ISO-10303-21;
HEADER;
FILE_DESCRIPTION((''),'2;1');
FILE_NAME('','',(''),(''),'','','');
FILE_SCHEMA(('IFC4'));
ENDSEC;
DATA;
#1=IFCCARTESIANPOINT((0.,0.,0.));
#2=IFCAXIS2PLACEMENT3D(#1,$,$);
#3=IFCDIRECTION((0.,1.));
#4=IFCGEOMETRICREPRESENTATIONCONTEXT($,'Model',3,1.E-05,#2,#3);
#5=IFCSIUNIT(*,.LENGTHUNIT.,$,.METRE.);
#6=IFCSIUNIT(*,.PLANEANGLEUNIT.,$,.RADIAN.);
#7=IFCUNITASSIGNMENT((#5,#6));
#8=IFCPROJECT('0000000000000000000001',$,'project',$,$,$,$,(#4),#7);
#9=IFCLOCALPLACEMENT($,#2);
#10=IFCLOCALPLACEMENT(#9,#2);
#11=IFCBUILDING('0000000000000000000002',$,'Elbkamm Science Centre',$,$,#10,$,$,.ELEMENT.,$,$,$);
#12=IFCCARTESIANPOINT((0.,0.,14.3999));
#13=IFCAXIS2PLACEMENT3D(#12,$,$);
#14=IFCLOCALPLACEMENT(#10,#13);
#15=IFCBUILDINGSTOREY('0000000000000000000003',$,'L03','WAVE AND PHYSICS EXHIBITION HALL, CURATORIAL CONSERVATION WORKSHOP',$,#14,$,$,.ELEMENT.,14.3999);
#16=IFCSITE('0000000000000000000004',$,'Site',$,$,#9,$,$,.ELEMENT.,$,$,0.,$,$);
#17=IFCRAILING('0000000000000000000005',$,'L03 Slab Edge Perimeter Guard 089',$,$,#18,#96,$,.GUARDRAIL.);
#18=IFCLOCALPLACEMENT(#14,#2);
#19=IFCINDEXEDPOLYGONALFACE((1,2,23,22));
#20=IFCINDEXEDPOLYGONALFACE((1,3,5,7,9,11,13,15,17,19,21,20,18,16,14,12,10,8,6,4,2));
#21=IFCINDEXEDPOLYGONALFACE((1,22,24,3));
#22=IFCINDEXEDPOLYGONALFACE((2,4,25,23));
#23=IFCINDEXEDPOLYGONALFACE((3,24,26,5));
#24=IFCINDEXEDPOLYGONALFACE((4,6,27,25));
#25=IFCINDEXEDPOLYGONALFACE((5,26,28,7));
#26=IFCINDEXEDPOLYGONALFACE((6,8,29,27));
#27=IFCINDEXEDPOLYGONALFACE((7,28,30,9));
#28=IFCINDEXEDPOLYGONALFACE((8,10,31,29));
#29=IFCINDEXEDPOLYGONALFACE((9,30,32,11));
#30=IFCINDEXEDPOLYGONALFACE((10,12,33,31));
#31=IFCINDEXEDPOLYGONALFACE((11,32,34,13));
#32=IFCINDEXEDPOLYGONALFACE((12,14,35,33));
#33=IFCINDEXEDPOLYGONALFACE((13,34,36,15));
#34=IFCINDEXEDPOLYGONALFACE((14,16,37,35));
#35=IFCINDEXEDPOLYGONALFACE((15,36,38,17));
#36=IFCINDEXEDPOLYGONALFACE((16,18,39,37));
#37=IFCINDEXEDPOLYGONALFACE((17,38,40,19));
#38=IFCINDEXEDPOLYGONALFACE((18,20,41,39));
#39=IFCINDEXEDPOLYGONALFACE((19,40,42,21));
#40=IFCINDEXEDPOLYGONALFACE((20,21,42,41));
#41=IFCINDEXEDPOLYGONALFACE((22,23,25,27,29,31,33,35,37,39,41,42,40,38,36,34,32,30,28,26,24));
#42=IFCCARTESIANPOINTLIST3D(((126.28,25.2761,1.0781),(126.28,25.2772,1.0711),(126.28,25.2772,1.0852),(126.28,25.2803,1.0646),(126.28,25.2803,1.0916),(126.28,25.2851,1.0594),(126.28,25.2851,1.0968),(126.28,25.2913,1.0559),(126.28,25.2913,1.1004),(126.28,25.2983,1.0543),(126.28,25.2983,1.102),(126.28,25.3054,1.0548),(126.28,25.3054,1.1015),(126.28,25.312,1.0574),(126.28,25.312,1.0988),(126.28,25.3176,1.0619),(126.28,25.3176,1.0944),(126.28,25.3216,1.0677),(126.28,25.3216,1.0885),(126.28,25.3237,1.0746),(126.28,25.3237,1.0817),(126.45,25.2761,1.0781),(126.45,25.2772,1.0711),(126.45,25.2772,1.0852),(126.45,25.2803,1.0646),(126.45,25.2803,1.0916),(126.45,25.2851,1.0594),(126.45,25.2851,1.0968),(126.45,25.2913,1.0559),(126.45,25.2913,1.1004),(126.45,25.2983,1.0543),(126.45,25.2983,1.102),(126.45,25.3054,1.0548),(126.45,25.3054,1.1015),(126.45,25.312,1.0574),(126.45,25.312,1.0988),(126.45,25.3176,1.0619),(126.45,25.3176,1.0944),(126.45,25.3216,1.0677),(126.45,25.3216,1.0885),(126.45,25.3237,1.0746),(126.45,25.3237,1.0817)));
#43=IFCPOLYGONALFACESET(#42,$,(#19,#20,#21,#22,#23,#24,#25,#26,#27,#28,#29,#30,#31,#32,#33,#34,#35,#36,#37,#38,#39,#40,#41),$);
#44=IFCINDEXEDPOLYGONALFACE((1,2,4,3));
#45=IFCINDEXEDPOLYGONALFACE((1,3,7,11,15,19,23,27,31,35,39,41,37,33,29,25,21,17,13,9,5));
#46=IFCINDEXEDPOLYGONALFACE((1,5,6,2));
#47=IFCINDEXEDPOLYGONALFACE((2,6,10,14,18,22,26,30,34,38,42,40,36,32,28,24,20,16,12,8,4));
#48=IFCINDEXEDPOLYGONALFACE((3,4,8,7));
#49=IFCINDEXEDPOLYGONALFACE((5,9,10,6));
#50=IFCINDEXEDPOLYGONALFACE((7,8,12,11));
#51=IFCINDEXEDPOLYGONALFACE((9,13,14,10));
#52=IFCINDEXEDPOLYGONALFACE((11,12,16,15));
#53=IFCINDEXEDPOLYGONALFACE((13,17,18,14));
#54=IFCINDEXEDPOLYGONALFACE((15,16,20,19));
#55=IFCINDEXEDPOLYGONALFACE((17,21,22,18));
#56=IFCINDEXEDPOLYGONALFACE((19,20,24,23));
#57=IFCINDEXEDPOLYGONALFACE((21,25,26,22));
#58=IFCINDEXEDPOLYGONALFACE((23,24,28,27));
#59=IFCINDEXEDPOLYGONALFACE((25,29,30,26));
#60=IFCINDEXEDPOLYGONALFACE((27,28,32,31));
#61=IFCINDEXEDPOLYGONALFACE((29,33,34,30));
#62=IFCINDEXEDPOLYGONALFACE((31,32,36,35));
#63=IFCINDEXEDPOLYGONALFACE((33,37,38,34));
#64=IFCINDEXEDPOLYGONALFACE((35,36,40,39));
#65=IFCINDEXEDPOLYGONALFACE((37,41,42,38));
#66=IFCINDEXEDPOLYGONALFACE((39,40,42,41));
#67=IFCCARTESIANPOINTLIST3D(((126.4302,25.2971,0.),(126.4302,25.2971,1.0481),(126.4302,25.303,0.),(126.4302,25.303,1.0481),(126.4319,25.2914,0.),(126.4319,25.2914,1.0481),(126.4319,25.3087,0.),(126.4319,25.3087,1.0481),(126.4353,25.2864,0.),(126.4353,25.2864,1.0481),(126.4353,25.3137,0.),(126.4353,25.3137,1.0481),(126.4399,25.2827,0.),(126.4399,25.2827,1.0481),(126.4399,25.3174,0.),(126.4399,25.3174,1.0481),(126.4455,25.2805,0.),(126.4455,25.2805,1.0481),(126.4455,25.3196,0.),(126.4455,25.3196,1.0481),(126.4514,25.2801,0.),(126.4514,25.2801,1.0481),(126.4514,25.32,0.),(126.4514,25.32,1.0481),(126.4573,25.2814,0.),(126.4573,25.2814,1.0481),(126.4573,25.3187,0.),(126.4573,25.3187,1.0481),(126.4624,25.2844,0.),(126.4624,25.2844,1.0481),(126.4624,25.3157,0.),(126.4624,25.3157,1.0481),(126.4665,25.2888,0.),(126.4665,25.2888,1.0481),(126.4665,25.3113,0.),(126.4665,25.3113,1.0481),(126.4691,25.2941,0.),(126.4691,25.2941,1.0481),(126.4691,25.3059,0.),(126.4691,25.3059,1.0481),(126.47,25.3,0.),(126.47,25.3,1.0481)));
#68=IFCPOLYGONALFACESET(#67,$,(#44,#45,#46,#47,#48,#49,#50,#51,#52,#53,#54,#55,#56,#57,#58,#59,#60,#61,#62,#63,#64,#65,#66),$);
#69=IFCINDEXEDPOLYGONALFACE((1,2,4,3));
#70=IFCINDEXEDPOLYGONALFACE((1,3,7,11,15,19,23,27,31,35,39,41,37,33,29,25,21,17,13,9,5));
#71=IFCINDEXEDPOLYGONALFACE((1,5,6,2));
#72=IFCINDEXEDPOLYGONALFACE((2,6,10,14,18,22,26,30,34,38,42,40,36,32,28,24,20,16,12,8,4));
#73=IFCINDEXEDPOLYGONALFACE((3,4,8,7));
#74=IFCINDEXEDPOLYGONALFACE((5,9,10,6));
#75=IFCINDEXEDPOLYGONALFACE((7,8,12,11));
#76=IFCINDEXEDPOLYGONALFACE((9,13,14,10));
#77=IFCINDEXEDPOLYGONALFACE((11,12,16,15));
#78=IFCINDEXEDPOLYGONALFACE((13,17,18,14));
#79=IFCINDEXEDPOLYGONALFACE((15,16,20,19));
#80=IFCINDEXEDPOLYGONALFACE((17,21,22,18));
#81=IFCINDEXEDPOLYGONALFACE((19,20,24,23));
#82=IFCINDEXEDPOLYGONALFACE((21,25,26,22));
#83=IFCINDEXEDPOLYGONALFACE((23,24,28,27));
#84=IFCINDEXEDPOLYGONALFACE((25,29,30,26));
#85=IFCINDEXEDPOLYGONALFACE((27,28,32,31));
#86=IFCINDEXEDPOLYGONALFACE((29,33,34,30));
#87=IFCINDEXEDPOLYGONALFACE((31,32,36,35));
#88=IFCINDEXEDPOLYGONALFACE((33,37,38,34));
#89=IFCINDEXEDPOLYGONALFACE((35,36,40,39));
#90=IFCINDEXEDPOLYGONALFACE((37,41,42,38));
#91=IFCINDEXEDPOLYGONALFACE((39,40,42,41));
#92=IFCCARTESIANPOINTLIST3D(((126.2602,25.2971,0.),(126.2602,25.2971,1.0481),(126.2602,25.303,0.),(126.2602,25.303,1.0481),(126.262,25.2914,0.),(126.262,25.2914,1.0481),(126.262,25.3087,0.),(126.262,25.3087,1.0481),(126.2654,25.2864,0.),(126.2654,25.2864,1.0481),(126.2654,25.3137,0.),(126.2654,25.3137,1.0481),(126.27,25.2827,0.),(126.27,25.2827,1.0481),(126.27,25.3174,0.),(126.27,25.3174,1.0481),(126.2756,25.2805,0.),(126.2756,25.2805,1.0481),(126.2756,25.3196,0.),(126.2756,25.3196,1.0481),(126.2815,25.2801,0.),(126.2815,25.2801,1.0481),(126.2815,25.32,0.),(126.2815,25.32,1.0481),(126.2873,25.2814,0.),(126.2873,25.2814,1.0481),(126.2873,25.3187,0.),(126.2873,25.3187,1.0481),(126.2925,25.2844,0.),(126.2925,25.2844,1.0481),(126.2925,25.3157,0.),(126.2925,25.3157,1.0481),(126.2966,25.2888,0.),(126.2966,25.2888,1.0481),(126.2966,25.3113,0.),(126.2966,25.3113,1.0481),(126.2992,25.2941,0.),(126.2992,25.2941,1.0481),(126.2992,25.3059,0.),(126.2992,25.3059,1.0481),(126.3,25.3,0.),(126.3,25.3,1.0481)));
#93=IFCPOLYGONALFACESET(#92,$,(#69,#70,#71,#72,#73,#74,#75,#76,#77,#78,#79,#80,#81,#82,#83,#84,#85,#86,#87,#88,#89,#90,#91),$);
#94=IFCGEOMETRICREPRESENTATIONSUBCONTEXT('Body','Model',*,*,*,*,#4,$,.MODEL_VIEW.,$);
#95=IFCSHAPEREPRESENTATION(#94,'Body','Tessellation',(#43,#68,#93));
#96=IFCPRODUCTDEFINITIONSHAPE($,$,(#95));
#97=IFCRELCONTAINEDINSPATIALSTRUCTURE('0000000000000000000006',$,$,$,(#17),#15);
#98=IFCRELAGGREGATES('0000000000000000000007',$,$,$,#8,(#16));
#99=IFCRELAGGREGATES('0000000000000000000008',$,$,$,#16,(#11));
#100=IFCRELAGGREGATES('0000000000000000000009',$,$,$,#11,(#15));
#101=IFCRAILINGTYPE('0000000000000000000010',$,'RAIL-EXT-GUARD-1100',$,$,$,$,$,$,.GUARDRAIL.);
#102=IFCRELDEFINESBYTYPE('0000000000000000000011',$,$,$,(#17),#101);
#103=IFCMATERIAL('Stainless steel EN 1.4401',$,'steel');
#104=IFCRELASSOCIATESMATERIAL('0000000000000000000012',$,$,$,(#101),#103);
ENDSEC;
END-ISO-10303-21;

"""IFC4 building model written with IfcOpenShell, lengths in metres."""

from ifc_helpers import new_model, si_unit, direction, frame, origin, origin_2d, place, context, subcontext, project, spatial, circle, extrude, material, type_object, element, save


model = new_model("IFC4")

# Units and contexts
model_context = context("Model", 3, precision=1e-05, world=origin(), true_north=direction((0.0, 1.0)))
body_context = subcontext(model_context, "Body", "Model", "MODEL_VIEW")
ifc_project = project(units=[si_unit("LENGTHUNIT", "METRE"), si_unit("PLANEANGLEUNIT", "RADIAN")], contexts=[model_context])

# Site, building, storey
site_placement = place(None, origin())
site = spatial("IfcSite", under=ifc_project, at=site_placement, Name="Site", CompositionType="ELEMENT", RefElevation=0.0)
building_placement = place(site_placement, origin())
building = spatial("IfcBuilding", under=site, at=building_placement, Name="Elbkamm Science Centre", CompositionType="ELEMENT")
storey_placement = place(building_placement, frame((0.0, 0.0, 14.3999)))
storey = spatial("IfcBuildingStorey", under=building, at=storey_placement, Name="L03", Description="WAVE AND PHYSICS EXHIBITION HALL, CURATORIAL CONSERVATION WORKSHOP", CompositionType="ELEMENT", Elevation=14.3999)

# Railing
ifc_material_1 = material(Name="Stainless steel EN 1.4401", Category="steel")
railing_type_1 = type_object("IfcRailingType", Name="RAIL-EXT-GUARD-1100", PredefinedType="GUARDRAIL", material=ifc_material_1)
railing_1_placement = place(storey_placement, frame((126.45, 25.3, 0.0)))
element("IfcRailing", 1, at=railing_1_placement, inside=storey, type_object=railing_type_1, Name="L03 Slab Edge Perimeter Guard 089", PredefinedType="GUARDRAIL", context=body_context, shape_type="SweptSolid", body=[
    extrude(circle(Radius=0.0239, at=origin_2d()), frame((0.0, 0.0, 1.0781), z_axis=(-1.0, 0.0, 0.0), x_axis=(0.0, -1.0, 0.0)), (0.0, 0.0, 1.0), 0.1699),
    extrude(circle(Radius=0.02, at=origin_2d()), origin(), (0.0, 0.0, 1.0), 1.0481),
    extrude(circle(Radius=0.02, at=origin_2d()), frame((-0.1699, 0.0, 0.0)), (0.0, 0.0, 1.0), 1.0481),
])

save(model, "model.ifc")
